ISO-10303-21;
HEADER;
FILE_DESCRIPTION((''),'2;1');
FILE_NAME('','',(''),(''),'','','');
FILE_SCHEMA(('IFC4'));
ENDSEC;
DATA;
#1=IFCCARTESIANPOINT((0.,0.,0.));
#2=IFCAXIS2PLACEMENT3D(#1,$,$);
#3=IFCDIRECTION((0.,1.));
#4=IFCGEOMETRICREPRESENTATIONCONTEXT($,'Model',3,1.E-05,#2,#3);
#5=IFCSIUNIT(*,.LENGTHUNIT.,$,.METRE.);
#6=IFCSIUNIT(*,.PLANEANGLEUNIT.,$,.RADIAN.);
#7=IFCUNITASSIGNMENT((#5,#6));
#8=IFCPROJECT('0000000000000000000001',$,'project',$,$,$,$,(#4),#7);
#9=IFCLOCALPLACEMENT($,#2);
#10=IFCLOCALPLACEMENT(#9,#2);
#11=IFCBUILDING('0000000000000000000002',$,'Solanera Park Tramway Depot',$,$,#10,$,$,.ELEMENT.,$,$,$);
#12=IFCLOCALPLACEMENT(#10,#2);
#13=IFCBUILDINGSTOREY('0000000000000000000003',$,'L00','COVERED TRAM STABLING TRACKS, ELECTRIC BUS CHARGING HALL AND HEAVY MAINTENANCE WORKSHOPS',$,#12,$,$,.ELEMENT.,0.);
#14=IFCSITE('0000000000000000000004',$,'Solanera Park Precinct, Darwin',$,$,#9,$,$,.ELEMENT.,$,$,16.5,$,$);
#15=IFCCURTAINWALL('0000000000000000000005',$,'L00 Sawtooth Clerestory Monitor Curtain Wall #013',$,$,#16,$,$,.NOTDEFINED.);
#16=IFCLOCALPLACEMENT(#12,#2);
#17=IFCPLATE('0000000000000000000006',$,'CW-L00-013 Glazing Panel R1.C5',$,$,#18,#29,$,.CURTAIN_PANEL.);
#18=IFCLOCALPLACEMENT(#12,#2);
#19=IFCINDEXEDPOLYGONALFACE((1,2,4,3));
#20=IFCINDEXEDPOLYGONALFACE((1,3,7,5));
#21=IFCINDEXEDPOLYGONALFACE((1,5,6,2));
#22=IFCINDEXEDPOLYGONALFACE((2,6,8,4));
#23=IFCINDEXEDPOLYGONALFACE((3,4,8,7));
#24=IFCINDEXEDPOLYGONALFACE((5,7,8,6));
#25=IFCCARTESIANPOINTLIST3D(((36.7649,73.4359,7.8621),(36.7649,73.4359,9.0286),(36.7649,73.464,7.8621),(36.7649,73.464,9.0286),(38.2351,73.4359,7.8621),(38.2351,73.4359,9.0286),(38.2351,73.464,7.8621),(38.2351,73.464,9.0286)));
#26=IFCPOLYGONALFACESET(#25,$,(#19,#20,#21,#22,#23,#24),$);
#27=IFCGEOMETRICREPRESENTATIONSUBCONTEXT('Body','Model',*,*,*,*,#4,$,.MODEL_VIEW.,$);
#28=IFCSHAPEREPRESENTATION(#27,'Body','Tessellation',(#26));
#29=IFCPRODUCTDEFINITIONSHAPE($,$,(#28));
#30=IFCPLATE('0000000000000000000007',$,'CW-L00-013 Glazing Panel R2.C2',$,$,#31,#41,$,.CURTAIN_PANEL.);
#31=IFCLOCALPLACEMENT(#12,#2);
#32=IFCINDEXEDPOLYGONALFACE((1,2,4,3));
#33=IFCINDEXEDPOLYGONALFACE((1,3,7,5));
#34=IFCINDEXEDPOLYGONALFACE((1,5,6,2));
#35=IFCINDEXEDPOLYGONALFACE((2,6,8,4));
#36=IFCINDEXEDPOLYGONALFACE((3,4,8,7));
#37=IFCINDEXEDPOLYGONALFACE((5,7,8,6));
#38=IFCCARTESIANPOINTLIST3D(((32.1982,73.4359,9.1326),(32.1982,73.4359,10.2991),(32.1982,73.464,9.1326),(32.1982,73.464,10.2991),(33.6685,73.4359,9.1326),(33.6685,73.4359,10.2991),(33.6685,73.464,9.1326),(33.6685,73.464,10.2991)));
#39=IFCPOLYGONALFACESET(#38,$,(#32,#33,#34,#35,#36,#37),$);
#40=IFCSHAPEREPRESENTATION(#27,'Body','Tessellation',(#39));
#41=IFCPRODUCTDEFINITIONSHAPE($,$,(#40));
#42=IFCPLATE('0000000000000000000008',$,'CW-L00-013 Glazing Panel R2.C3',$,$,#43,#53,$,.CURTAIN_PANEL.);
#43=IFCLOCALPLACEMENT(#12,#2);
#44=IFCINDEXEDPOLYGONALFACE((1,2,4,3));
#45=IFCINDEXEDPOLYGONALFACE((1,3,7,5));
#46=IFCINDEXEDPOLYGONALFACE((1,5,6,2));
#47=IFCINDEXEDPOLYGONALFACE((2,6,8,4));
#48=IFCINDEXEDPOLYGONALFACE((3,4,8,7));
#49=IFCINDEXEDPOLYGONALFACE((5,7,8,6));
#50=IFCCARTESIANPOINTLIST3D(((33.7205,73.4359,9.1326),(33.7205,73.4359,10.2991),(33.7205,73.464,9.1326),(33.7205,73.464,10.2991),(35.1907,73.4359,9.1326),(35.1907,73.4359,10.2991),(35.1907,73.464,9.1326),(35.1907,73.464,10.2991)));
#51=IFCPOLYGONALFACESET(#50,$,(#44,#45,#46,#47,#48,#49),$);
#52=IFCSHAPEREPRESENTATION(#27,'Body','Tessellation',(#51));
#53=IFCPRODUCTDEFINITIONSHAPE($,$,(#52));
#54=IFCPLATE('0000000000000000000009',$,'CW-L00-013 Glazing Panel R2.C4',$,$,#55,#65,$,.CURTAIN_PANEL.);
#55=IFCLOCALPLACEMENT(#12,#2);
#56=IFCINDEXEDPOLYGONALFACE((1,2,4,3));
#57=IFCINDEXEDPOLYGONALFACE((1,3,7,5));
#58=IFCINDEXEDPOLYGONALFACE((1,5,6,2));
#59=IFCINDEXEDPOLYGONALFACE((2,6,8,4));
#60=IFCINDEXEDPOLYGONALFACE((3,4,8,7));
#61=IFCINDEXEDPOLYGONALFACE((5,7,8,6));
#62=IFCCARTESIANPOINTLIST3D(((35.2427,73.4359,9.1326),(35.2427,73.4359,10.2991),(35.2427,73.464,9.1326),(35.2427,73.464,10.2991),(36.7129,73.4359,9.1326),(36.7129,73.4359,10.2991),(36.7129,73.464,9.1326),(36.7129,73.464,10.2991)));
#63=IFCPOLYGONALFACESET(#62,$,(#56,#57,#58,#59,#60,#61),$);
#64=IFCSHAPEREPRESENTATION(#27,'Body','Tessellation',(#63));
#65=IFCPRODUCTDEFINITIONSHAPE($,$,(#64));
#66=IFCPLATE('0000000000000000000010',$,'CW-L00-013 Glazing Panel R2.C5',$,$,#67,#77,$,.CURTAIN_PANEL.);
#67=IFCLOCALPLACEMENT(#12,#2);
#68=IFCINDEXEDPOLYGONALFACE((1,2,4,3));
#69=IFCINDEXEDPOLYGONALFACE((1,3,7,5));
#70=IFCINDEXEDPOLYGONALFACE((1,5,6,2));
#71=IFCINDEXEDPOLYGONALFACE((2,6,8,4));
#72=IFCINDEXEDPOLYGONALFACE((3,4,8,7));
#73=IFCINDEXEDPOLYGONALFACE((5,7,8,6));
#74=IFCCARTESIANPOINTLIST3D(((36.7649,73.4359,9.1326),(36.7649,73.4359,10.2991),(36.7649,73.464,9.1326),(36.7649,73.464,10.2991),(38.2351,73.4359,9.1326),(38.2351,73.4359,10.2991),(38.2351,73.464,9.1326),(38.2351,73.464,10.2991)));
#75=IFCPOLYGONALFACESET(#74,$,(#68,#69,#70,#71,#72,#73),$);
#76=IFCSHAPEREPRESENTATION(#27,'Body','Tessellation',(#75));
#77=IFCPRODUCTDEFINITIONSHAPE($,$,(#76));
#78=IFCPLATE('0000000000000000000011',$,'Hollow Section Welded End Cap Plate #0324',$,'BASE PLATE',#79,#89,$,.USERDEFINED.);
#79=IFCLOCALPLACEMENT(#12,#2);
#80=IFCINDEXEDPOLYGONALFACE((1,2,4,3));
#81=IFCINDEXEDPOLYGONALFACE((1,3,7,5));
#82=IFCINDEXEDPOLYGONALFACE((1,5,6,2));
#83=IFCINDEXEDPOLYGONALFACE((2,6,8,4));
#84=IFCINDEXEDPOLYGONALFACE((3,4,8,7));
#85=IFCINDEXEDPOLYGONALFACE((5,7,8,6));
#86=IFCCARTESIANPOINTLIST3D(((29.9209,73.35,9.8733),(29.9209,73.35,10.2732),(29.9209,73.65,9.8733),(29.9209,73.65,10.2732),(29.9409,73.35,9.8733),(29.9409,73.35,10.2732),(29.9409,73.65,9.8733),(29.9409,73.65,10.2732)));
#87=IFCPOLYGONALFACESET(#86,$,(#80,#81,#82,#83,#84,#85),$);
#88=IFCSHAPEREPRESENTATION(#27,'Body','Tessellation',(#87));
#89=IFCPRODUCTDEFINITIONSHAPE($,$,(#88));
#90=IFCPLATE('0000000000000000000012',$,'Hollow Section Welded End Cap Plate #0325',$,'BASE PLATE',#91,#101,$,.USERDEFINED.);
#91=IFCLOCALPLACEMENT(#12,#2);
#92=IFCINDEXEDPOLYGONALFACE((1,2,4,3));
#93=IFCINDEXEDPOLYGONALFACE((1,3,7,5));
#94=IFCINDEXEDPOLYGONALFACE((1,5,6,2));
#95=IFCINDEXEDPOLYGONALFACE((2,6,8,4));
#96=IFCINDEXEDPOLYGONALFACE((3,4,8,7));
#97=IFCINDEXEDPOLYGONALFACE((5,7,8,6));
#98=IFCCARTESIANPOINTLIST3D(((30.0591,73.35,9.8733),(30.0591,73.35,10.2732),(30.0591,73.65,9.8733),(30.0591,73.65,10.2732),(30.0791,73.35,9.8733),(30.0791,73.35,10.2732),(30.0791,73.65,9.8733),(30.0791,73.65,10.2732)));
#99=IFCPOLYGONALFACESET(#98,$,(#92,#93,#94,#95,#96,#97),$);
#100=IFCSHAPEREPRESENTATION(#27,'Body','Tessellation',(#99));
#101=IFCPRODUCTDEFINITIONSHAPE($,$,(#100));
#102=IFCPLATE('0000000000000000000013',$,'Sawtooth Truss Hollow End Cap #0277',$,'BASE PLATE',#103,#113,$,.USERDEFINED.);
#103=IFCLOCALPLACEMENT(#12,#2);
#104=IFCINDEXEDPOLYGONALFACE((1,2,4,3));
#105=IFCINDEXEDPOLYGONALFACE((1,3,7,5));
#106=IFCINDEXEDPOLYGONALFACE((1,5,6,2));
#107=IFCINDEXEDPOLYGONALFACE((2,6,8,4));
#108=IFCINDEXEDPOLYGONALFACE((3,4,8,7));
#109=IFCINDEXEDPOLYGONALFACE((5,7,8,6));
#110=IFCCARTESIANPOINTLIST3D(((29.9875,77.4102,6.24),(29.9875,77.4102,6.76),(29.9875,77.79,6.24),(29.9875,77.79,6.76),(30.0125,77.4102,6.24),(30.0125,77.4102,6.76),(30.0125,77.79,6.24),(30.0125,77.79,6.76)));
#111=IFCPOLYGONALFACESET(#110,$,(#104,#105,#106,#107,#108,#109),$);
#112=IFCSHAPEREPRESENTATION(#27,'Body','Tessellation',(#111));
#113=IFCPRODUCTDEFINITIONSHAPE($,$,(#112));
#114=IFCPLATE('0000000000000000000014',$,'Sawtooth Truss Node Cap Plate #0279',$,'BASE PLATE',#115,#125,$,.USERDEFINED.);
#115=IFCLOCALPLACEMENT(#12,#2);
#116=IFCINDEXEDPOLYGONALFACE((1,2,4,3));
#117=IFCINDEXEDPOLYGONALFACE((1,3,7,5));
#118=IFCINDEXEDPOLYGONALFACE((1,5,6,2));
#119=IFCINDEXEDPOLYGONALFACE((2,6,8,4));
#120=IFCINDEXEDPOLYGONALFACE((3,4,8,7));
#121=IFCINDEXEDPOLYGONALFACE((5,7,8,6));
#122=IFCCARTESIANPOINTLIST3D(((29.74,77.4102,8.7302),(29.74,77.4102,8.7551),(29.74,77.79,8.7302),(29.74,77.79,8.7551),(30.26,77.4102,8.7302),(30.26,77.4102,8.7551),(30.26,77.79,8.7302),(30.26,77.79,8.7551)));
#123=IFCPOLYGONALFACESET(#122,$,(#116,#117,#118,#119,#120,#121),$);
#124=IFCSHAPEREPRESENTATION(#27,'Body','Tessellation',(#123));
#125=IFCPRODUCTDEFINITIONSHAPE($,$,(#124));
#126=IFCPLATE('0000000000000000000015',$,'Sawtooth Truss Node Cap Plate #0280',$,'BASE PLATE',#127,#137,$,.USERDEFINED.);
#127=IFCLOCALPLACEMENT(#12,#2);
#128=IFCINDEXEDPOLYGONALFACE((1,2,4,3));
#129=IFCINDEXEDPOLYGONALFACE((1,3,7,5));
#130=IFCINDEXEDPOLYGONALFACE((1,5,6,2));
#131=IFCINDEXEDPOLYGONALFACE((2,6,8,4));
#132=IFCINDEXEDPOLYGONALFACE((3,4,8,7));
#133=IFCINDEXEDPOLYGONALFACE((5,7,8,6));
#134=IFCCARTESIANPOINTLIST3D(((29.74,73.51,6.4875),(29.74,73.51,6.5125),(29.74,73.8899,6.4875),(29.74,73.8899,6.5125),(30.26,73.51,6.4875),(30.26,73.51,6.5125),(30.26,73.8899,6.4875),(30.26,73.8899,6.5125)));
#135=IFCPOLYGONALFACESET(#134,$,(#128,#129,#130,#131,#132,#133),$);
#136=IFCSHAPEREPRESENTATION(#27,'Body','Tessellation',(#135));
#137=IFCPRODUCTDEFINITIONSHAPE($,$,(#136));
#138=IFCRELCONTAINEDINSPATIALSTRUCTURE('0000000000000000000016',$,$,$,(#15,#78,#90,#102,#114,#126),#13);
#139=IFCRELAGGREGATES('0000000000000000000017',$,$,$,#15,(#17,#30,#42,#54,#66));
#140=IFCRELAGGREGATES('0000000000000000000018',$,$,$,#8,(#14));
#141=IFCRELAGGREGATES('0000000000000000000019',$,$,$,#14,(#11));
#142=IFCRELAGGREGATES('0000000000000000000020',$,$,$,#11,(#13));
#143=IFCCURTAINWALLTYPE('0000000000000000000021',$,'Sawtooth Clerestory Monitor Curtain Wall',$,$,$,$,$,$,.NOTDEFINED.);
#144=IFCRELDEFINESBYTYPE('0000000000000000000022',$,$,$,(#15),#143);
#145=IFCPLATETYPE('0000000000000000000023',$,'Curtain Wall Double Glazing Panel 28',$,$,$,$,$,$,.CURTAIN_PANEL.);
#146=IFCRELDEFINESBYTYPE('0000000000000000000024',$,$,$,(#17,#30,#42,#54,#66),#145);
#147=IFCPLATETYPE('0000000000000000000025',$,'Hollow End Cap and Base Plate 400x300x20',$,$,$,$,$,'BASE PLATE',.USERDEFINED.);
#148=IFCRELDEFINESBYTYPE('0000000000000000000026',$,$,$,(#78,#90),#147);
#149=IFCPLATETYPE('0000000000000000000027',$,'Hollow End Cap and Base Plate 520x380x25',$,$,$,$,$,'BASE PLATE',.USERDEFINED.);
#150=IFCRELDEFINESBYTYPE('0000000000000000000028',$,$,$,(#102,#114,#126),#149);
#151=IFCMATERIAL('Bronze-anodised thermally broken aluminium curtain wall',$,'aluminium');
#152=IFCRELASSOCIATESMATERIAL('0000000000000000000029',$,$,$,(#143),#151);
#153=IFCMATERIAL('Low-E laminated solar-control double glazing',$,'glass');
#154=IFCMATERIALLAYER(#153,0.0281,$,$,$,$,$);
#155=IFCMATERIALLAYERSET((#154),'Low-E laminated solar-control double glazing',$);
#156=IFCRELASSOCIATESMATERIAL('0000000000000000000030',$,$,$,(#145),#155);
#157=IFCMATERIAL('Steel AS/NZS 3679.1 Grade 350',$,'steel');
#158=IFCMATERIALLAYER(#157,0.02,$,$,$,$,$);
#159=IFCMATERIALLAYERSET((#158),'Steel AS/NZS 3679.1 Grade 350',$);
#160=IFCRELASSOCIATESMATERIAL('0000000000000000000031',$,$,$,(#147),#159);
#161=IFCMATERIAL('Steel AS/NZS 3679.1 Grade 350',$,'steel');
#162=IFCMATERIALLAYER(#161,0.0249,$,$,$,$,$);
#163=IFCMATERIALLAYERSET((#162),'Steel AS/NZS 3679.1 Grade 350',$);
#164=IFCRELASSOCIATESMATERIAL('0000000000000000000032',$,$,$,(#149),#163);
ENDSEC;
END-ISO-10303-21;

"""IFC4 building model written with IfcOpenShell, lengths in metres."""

from ifc_helpers import new_model, si_unit, direction, frame, origin, origin_2d, place, context, subcontext, project, spatial, rectangle, extrude, material, layer, layer_set, type_object, element, aggregate, save


model = new_model("IFC4")

# Units and contexts
model_context = context("Model", 3, precision=1e-05, world=origin(), true_north=direction((0.0, 1.0)))
body_context = subcontext(model_context, "Body", "Model", "MODEL_VIEW")
ifc_project = project(units=[si_unit("LENGTHUNIT", "METRE"), si_unit("PLANEANGLEUNIT", "RADIAN")], contexts=[model_context])

# Site, building, storey
site_placement = place(None, origin())
site = spatial("IfcSite", under=ifc_project, at=site_placement, Name="Solanera Park Precinct, Darwin", CompositionType="ELEMENT", RefElevation=16.5)
building_placement = place(site_placement, origin())
building = spatial("IfcBuilding", under=site, at=building_placement, Name="Solanera Park Tramway Depot", CompositionType="ELEMENT")
storey_placement = place(building_placement, origin())
storey = spatial("IfcBuildingStorey", under=building, at=storey_placement, Name="L00", Description="COVERED TRAM STABLING TRACKS, ELECTRIC BUS CHARGING HALL AND HEAVY MAINTENANCE WORKSHOPS", CompositionType="ELEMENT", Elevation=0.0)

# Curtain wall
ifc_material_1 = material(Name="Bronze-anodised thermally broken aluminium curtain wall", Category="aluminium")
curtain_wall_type = type_object("IfcCurtainWallType", Name="Sawtooth Clerestory Monitor Curtain Wall", PredefinedType="NOTDEFINED", material=ifc_material_1)
curtain_wall_placement = place(storey_placement, origin())
curtain_wall = element("IfcCurtainWall", 1, at=curtain_wall_placement, inside=storey, type_object=curtain_wall_type, Name="L00 Sawtooth Clerestory Monitor Curtain Wall #013", PredefinedType="NOTDEFINED")

# Plates
ifc_material_2 = material(Name="Low-E laminated solar-control double glazing", Category="glass")
ifc_layer_1 = layer(ifc_material_2, 0.0281)
ifc_layer_set_1 = layer_set([ifc_layer_1], Name="Low-E laminated solar-control double glazing")
plate_type_1 = type_object("IfcPlateType", Name="Curtain Wall Double Glazing Panel 28", PredefinedType="CURTAIN_PANEL", material=ifc_layer_set_1)
plate_1_placement = place(storey_placement, frame((37.5, 73.45, 7.8621), z_axis=(0.0, 0.0, 1.0), x_axis=(1.0, 0.0, 0.0)))
plate_1 = element("IfcPlate", 2, at=plate_1_placement, type_object=plate_type_1, Name="CW-L00-013 Glazing Panel R1.C5", PredefinedType="CURTAIN_PANEL", context=body_context, shape_type="SweptSolid", body=[
    extrude(rectangle(XDim=1.4702, YDim=0.0281, at=origin_2d()), origin(), (0.0, 0.0, 1.0), 1.1665),
])
plate_2_placement = place(storey_placement, frame((32.9333, 73.45, 9.1326), z_axis=(0.0, 0.0, 1.0), x_axis=(1.0, 0.0, 0.0)))
plate_2 = element("IfcPlate", 3, at=plate_2_placement, type_object=plate_type_1, Name="CW-L00-013 Glazing Panel R2.C2", PredefinedType="CURTAIN_PANEL", context=body_context, shape_type="SweptSolid", body=[
    extrude(rectangle(XDim=1.4702, YDim=0.0281, at=origin_2d()), origin(), (0.0, 0.0, 1.0), 1.1665),
])
plate_3_placement = place(storey_placement, frame((34.4556, 73.45, 9.1326), z_axis=(0.0, 0.0, 1.0), x_axis=(1.0, 0.0, 0.0)))
plate_3 = element("IfcPlate", 4, at=plate_3_placement, type_object=plate_type_1, Name="CW-L00-013 Glazing Panel R2.C3", PredefinedType="CURTAIN_PANEL", context=body_context, shape_type="SweptSolid", body=[
    extrude(rectangle(XDim=1.4702, YDim=0.0281, at=origin_2d()), origin(), (0.0, 0.0, 1.0), 1.1665),
])
plate_4_placement = place(storey_placement, frame((35.9778, 73.45, 9.1326), z_axis=(0.0, 0.0, 1.0), x_axis=(1.0, 0.0, 0.0)))
plate_4 = element("IfcPlate", 5, at=plate_4_placement, type_object=plate_type_1, Name="CW-L00-013 Glazing Panel R2.C4", PredefinedType="CURTAIN_PANEL", context=body_context, shape_type="SweptSolid", body=[
    extrude(rectangle(XDim=1.4702, YDim=0.0281, at=origin_2d()), origin(), (0.0, 0.0, 1.0), 1.1665),
])
plate_5_placement = place(storey_placement, frame((37.5, 73.45, 9.1326), z_axis=(0.0, 0.0, 1.0), x_axis=(1.0, 0.0, 0.0)))
plate_5 = element("IfcPlate", 6, at=plate_5_placement, type_object=plate_type_1, Name="CW-L00-013 Glazing Panel R2.C5", PredefinedType="CURTAIN_PANEL", context=body_context, shape_type="SweptSolid", body=[
    extrude(rectangle(XDim=1.4702, YDim=0.0281, at=origin_2d()), origin(), (0.0, 0.0, 1.0), 1.1665),
])
aggregate(curtain_wall, [plate_1, plate_2, plate_3, plate_4, plate_5])

# Plates
ifc_material_3 = material(Name="Steel AS/NZS 3679.1 Grade 350", Category="steel")
ifc_layer_2 = layer(ifc_material_3, 0.02)
ifc_layer_set_2 = layer_set([ifc_layer_2], Name="Steel AS/NZS 3679.1 Grade 350")
plate_type_2 = type_object("IfcPlateType", Name="Hollow End Cap and Base Plate 400x300x20", ElementType="BASE PLATE", PredefinedType="USERDEFINED", material=ifc_layer_set_2)
for number, where, z_axis, x_axis, name in (
    (7, (29.9309, 73.5, 9.8733), (0.0, 0.0, 1.0), (1.0, 0.0, 0.0), "Hollow Section Welded End Cap Plate #0324"),
    (8, (30.0691, 73.5, 9.8733), (0.0, 0.0, 1.0), (1.0, 0.0, 0.0), "Hollow Section Welded End Cap Plate #0325"),
):
    element("IfcPlate", number, at=place(storey_placement, frame(where, z_axis=z_axis, x_axis=x_axis)), inside=storey, type_object=plate_type_2, Name=name, ObjectType="BASE PLATE", PredefinedType="USERDEFINED", context=body_context, shape_type="SweptSolid", body=[
        extrude(rectangle(XDim=0.02, YDim=0.3, at=origin_2d()), origin(), (0.0, 0.0, 1.0), 0.3999),
    ])
ifc_material_4 = material(Name="Steel AS/NZS 3679.1 Grade 350", Category="steel")
ifc_layer_3 = layer(ifc_material_4, 0.0249)
ifc_layer_set_3 = layer_set([ifc_layer_3], Name="Steel AS/NZS 3679.1 Grade 350")
plate_type_3 = type_object("IfcPlateType", Name="Hollow End Cap and Base Plate 520x380x25", ElementType="BASE PLATE", PredefinedType="USERDEFINED", material=ifc_layer_set_3)
plate_6_placement = place(storey_placement, frame((30.0, 77.6001, 6.24), z_axis=(0.0, 0.0, 1.0), x_axis=(1.0, 0.0, 0.0)))
element("IfcPlate", 9, at=plate_6_placement, inside=storey, type_object=plate_type_3, Name="Sawtooth Truss Hollow End Cap #0277", ObjectType="BASE PLATE", PredefinedType="USERDEFINED", context=body_context, shape_type="SweptSolid", body=[
    extrude(rectangle(XDim=0.0249, YDim=0.3799, at=origin_2d()), origin(), (0.0, 0.0, 1.0), 0.52),
])
for number, where, z_axis, x_axis, name in (
    (10, (30.0, 77.6001, 8.7302), (0.0, 0.0, 1.0), (1.0, 0.0, 0.0), "Sawtooth Truss Node Cap Plate #0279"),
    (11, (30.0, 73.7, 6.4875), (0.0, 0.0, 1.0), (1.0, 0.0, 0.0), "Sawtooth Truss Node Cap Plate #0280"),
):
    element("IfcPlate", number, at=place(storey_placement, frame(where, z_axis=z_axis, x_axis=x_axis)), inside=storey, type_object=plate_type_3, Name=name, ObjectType="BASE PLATE", PredefinedType="USERDEFINED", context=body_context, shape_type="SweptSolid", body=[
        extrude(rectangle(XDim=0.52, YDim=0.3799, at=origin_2d()), origin(), (0.0, 0.0, 1.0), 0.0249),
    ])

save(model, "model.ifc")
